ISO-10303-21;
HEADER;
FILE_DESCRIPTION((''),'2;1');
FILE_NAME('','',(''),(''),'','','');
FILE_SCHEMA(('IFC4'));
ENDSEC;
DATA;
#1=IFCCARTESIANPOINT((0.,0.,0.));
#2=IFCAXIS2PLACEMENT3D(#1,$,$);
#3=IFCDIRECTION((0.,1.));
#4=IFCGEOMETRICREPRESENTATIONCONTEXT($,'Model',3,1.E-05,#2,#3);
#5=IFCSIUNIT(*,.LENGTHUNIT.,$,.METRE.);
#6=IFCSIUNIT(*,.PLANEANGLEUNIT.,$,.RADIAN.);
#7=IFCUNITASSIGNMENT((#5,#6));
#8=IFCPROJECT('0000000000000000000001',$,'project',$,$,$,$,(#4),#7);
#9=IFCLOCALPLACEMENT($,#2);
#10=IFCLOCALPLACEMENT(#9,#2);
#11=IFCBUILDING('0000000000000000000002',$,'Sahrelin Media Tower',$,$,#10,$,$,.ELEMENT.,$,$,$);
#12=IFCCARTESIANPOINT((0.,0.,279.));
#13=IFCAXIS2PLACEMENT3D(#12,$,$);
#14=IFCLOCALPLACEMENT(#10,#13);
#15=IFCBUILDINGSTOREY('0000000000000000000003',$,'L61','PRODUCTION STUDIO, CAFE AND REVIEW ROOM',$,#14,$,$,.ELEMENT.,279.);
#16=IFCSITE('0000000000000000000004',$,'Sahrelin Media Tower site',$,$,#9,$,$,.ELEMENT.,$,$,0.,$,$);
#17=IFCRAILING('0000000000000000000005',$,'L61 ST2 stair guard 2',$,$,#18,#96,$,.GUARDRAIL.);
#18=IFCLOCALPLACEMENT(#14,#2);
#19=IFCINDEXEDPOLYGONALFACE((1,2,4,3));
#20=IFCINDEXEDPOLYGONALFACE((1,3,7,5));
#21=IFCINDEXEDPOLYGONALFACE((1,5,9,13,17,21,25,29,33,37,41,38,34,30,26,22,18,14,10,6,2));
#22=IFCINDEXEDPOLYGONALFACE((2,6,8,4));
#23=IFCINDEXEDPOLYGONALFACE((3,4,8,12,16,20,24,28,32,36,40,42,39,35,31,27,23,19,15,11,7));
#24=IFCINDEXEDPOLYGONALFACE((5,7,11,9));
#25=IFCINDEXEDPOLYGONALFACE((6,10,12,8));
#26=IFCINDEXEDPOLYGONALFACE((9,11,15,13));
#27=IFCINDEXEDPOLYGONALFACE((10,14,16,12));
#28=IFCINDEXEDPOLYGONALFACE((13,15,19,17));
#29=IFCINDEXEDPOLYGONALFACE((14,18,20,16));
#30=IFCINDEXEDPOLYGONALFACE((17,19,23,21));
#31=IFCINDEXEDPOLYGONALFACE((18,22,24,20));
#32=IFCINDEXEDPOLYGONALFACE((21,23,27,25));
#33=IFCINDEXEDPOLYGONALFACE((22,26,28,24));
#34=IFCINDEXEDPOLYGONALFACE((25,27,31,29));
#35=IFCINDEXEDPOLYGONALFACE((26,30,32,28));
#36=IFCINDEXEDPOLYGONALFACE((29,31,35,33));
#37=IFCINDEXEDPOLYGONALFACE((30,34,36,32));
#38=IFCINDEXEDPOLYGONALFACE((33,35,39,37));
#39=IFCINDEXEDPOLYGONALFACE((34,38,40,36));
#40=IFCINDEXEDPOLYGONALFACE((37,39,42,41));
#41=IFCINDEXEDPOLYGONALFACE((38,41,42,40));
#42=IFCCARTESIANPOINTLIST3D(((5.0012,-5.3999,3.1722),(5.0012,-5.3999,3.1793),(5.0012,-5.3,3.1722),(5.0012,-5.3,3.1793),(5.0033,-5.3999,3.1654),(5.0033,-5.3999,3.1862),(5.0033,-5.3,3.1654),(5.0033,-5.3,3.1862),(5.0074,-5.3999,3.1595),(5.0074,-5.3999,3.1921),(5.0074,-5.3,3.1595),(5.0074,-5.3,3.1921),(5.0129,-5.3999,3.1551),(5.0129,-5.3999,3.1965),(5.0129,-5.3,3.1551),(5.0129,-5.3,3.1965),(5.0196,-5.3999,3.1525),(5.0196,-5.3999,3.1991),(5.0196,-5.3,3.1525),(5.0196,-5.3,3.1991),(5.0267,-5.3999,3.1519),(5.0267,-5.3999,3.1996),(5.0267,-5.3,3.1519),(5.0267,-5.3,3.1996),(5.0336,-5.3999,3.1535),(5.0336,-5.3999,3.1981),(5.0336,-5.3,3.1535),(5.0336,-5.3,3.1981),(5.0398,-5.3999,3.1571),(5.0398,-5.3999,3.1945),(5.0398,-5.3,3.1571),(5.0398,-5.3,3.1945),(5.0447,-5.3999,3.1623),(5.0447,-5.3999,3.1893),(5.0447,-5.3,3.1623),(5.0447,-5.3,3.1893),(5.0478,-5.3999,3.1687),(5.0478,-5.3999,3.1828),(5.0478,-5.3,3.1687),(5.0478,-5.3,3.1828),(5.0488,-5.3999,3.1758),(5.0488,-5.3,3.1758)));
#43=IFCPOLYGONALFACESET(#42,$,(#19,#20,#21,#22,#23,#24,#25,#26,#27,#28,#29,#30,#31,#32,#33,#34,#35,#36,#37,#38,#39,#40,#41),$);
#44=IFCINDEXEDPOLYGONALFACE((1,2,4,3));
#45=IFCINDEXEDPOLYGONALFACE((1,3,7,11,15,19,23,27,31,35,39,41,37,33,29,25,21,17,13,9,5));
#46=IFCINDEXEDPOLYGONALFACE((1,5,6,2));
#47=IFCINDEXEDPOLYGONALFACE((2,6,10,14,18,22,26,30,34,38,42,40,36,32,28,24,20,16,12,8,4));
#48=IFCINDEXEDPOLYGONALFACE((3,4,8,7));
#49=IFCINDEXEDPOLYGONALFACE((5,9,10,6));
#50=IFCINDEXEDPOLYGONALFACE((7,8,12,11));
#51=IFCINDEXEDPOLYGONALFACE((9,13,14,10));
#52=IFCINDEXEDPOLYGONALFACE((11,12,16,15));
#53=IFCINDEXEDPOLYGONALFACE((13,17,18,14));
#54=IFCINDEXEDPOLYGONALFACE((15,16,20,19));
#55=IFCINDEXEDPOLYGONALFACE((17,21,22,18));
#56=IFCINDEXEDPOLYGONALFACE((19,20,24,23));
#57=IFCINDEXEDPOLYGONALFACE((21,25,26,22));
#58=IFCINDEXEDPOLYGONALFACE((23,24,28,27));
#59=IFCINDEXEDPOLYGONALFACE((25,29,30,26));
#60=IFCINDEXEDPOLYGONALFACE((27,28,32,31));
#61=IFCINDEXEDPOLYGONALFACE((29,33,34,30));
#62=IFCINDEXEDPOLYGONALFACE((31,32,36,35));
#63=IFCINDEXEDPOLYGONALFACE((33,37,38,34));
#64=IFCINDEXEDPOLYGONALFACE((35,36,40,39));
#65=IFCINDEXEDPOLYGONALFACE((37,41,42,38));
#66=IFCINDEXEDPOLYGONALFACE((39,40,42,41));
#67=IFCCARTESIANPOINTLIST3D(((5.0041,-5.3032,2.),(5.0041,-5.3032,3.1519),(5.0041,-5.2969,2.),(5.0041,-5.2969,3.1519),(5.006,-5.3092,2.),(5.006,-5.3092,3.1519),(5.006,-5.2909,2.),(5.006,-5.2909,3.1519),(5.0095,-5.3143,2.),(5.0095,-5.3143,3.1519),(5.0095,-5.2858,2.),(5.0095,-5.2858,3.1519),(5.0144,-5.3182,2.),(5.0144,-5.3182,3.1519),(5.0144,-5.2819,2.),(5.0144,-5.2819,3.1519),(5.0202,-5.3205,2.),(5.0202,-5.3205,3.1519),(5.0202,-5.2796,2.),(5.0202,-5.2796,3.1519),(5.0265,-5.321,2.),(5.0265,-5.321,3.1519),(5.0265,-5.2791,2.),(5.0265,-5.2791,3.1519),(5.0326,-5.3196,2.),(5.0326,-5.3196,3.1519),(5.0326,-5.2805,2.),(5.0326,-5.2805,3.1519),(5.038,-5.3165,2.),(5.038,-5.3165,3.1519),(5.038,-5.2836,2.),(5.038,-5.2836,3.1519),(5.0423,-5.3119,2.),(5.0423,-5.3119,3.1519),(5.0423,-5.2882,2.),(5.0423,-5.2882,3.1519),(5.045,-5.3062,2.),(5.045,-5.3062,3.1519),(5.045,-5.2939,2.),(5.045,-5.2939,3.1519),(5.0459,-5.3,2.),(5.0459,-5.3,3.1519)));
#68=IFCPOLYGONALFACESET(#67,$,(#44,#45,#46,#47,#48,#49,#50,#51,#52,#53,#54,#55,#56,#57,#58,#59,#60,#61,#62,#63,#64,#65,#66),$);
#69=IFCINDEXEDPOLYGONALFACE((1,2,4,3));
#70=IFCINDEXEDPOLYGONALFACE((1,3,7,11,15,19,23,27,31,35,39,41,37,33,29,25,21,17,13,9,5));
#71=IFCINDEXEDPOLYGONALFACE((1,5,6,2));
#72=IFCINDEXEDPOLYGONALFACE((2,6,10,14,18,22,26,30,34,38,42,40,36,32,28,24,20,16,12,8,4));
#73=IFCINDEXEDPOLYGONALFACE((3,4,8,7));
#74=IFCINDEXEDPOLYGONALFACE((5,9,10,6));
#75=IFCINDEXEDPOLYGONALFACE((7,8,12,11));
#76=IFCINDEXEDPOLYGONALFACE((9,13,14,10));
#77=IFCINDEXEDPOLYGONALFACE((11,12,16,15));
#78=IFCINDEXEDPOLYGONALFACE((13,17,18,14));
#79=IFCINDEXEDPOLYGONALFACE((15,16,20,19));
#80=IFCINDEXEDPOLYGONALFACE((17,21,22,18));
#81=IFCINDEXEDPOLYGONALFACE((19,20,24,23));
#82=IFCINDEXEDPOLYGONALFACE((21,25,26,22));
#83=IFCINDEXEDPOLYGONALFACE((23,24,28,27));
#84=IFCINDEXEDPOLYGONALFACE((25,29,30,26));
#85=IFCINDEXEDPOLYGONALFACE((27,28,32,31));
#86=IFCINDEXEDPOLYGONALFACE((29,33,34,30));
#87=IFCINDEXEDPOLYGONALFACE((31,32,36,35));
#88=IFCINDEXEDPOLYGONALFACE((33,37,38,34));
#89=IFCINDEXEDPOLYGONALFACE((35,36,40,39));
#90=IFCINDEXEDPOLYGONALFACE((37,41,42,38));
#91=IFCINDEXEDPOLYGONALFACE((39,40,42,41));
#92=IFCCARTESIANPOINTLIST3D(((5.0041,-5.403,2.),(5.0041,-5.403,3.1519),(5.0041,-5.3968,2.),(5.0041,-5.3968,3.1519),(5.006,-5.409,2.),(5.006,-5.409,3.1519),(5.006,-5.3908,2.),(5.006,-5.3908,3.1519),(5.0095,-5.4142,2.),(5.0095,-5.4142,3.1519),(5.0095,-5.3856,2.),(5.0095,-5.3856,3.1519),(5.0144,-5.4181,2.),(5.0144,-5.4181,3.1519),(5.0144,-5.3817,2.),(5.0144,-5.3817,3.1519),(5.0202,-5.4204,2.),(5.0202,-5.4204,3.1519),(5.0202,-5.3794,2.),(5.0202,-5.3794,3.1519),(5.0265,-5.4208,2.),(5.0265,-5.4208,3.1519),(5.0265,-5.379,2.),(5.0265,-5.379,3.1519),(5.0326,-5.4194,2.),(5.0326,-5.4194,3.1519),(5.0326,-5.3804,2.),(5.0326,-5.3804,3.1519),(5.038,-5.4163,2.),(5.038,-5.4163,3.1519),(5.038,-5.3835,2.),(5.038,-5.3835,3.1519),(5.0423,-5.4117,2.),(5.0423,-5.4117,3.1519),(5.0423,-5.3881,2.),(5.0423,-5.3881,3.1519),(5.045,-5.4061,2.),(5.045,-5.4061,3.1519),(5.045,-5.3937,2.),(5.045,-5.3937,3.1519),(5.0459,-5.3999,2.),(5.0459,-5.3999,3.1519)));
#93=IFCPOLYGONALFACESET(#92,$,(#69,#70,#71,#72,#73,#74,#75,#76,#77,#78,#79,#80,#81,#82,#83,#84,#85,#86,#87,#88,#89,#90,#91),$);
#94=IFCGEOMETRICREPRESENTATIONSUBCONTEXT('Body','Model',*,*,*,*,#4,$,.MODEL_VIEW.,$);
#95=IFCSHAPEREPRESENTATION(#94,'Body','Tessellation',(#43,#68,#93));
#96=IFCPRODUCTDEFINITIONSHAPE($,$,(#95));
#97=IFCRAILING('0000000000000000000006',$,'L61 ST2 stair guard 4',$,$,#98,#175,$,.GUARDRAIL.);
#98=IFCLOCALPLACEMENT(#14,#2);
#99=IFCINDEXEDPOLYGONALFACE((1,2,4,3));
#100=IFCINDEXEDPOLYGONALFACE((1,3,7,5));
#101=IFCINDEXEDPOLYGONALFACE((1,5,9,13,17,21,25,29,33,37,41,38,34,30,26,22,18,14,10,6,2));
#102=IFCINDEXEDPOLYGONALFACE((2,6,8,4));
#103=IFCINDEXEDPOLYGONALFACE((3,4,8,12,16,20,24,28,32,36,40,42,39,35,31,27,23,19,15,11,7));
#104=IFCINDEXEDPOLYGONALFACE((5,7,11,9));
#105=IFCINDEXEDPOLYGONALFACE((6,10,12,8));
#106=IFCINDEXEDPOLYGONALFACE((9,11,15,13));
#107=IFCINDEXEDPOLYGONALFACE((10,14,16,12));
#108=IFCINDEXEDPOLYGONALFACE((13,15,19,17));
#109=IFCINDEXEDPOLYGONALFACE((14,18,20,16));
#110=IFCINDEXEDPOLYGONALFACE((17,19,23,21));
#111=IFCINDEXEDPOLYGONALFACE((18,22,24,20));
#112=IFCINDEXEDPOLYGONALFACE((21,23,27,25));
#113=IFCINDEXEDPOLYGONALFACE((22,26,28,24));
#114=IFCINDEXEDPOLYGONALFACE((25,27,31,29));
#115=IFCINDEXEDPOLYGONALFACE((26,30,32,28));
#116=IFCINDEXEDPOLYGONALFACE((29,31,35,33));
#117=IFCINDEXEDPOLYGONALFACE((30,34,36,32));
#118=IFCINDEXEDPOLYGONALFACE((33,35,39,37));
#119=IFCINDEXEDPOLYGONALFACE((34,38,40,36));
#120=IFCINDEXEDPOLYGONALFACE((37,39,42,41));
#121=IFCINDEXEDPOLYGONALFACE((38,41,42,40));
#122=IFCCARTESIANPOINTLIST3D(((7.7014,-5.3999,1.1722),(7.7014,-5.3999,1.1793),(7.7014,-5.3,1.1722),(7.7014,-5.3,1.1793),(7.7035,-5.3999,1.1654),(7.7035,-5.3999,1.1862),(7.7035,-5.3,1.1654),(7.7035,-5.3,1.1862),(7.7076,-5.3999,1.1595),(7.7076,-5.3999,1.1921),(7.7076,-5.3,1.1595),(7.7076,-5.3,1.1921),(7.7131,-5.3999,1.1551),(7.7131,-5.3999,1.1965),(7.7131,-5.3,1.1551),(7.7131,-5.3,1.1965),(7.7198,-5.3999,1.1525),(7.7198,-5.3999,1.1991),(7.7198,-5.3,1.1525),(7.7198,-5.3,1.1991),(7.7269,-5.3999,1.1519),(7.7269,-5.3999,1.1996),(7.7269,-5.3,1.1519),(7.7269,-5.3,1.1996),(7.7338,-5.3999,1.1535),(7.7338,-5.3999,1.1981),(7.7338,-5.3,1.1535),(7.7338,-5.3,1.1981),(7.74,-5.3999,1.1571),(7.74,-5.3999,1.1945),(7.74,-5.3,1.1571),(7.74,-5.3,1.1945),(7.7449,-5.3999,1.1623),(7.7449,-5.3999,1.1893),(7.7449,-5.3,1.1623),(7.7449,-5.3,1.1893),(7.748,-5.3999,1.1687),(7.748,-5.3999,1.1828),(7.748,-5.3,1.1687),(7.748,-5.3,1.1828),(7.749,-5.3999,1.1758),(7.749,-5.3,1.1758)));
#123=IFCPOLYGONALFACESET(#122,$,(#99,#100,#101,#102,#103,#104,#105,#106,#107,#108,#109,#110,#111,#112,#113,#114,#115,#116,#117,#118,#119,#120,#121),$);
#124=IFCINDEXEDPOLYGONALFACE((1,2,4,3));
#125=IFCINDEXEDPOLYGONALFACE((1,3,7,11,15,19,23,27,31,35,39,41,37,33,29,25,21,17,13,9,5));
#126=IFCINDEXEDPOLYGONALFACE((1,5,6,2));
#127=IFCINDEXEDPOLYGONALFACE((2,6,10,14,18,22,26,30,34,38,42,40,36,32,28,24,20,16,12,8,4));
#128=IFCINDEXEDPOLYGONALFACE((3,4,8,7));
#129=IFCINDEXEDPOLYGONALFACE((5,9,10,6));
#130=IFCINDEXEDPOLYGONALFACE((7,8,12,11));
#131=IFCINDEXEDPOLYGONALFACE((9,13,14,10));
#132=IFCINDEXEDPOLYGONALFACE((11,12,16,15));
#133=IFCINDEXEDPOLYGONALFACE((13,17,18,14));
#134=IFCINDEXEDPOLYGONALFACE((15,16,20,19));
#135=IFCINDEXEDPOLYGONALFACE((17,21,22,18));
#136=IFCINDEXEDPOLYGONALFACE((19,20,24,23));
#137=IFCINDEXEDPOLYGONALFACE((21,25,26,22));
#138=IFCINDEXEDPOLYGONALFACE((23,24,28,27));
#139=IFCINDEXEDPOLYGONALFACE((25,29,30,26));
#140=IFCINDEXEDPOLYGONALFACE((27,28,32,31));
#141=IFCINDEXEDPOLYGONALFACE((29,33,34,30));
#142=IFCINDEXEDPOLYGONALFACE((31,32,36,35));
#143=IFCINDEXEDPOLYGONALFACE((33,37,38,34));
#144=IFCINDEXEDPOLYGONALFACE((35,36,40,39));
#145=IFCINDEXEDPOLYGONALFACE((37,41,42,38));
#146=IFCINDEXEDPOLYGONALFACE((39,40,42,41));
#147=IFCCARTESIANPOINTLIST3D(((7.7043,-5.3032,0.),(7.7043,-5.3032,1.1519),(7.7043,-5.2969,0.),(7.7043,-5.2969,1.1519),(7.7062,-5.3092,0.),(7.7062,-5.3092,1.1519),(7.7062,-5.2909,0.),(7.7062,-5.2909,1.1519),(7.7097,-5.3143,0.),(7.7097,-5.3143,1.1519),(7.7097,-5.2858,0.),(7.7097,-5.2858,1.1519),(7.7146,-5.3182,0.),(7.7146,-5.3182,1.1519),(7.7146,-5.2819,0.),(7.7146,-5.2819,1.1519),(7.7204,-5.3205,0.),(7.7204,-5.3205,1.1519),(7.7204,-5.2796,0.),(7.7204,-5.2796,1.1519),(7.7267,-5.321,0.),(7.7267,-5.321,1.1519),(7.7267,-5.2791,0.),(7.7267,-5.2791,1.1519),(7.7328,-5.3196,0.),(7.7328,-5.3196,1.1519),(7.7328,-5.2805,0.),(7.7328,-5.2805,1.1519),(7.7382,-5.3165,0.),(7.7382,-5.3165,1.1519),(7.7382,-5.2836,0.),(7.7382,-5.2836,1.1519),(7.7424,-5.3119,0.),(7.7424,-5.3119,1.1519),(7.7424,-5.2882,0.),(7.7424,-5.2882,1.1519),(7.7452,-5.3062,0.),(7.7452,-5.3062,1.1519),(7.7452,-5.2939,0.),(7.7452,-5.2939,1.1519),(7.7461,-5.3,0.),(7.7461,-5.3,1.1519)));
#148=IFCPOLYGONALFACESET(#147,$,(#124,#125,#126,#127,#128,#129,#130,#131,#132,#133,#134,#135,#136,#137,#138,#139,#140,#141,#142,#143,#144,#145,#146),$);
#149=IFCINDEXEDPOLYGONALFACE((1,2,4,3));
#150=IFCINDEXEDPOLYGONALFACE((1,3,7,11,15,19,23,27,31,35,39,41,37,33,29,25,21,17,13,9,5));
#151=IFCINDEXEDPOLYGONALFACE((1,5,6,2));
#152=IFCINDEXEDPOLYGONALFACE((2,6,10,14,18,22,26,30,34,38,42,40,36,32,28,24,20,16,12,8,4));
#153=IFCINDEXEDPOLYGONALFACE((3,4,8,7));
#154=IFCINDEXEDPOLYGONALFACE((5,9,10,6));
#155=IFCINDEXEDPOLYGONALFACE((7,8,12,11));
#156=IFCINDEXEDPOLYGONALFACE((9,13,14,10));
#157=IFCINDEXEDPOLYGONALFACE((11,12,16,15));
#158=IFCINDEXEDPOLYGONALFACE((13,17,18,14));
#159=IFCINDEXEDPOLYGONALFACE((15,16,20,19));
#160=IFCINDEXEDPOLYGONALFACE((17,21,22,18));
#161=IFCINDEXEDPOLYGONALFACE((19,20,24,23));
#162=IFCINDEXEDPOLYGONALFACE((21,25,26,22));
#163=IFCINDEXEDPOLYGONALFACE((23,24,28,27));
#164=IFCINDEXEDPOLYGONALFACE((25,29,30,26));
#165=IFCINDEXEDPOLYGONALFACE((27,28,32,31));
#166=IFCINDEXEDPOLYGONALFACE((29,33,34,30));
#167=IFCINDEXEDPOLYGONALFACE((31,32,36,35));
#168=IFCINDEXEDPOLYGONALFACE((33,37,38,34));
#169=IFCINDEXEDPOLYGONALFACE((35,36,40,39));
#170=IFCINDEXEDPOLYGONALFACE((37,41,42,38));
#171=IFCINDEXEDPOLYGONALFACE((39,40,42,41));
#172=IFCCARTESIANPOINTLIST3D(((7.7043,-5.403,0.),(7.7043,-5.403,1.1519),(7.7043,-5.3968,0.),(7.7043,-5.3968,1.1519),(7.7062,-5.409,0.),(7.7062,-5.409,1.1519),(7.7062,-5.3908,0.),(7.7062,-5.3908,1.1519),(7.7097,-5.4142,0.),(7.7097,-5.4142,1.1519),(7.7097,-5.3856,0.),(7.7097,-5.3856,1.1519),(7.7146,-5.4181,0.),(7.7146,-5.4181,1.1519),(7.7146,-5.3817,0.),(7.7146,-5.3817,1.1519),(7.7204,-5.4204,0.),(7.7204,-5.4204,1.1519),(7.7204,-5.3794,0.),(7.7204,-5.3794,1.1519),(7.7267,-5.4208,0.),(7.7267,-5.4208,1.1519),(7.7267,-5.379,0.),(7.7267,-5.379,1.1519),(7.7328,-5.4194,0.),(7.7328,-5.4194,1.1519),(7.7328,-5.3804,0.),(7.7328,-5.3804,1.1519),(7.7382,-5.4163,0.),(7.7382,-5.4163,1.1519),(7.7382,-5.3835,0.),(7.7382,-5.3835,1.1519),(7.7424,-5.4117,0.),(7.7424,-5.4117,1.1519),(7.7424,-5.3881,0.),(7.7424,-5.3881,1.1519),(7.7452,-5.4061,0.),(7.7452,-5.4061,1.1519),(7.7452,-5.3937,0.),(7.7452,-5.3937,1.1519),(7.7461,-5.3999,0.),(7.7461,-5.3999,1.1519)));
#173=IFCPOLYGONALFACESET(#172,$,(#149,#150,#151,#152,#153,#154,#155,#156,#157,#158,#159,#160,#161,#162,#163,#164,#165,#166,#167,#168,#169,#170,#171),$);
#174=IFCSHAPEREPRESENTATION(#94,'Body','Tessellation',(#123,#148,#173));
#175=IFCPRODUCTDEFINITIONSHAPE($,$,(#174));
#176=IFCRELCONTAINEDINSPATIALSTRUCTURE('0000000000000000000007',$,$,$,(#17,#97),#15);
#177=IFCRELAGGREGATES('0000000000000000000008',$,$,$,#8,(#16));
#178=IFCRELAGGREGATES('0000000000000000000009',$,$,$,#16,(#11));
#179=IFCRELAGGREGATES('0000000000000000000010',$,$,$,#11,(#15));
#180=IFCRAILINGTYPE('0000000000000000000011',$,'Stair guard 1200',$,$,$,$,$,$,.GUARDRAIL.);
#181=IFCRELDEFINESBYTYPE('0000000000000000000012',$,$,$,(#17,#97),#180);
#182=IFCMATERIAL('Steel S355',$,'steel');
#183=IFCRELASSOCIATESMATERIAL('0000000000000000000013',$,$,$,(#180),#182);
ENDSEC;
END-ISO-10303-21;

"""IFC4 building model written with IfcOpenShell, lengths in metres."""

from ifc_helpers import new_model, si_unit, direction, frame, origin, origin_2d, place, context, subcontext, project, spatial, circle, extrude, material, type_object, element, save


model = new_model("IFC4")

# Units and contexts
model_context = context("Model", 3, precision=1e-05, world=origin(), true_north=direction((0.0, 1.0)))
body_context = subcontext(model_context, "Body", "Model", "MODEL_VIEW")
ifc_project = project(units=[si_unit("LENGTHUNIT", "METRE"), si_unit("PLANEANGLEUNIT", "RADIAN")], contexts=[model_context])

# Site, building, storey
site_placement = place(None, origin())
site = spatial("IfcSite", under=ifc_project, at=site_placement, Name="Sahrelin Media Tower site", CompositionType="ELEMENT", RefElevation=0.0)
building_placement = place(site_placement, origin())
building = spatial("IfcBuilding", under=site, at=building_placement, Name="Sahrelin Media Tower", CompositionType="ELEMENT")
storey_placement = place(building_placement, frame((0.0, 0.0, 279.0)))
storey = spatial("IfcBuildingStorey", under=building, at=storey_placement, Name="L61", Description="PRODUCTION STUDIO, CAFE AND REVIEW ROOM", CompositionType="ELEMENT", Elevation=279.0)

# Shared definitions
ifc_material_1 = material(Name="Steel S355", Category="steel")

# Railings
railing_type_1 = type_object("IfcRailingType", Name="Stair guard 1200", PredefinedType="GUARDRAIL", material=ifc_material_1)
for number, where, name in (
    (1, (5.0249, -5.3, 2.0), "L61 ST2 stair guard 2"),
    (2, (7.7251, -5.3, 0.0), "L61 ST2 stair guard 4"),
):
    element("IfcRailing", number, at=place(storey_placement, frame(where)), inside=storey, type_object=railing_type_1, Name=name, PredefinedType="GUARDRAIL", context=body_context, shape_type="SweptSolid", body=[
        extrude(circle(Radius=0.0239, at=origin_2d()), frame((0.0, 0.0, 1.1758), z_axis=(0.0, -1.0, 0.0), x_axis=(1.0, 0.0, 0.0)), (0.0, 0.0, 1.0), 0.0999),
        extrude(circle(Radius=0.021, at=origin_2d()), origin(), (0.0, 0.0, 1.0), 1.1519),
        extrude(circle(Radius=0.021, at=origin_2d()), frame((0.0, -0.0999, 0.0)), (0.0, 0.0, 1.0), 1.1519),
    ])

save(model, "model.ifc")
